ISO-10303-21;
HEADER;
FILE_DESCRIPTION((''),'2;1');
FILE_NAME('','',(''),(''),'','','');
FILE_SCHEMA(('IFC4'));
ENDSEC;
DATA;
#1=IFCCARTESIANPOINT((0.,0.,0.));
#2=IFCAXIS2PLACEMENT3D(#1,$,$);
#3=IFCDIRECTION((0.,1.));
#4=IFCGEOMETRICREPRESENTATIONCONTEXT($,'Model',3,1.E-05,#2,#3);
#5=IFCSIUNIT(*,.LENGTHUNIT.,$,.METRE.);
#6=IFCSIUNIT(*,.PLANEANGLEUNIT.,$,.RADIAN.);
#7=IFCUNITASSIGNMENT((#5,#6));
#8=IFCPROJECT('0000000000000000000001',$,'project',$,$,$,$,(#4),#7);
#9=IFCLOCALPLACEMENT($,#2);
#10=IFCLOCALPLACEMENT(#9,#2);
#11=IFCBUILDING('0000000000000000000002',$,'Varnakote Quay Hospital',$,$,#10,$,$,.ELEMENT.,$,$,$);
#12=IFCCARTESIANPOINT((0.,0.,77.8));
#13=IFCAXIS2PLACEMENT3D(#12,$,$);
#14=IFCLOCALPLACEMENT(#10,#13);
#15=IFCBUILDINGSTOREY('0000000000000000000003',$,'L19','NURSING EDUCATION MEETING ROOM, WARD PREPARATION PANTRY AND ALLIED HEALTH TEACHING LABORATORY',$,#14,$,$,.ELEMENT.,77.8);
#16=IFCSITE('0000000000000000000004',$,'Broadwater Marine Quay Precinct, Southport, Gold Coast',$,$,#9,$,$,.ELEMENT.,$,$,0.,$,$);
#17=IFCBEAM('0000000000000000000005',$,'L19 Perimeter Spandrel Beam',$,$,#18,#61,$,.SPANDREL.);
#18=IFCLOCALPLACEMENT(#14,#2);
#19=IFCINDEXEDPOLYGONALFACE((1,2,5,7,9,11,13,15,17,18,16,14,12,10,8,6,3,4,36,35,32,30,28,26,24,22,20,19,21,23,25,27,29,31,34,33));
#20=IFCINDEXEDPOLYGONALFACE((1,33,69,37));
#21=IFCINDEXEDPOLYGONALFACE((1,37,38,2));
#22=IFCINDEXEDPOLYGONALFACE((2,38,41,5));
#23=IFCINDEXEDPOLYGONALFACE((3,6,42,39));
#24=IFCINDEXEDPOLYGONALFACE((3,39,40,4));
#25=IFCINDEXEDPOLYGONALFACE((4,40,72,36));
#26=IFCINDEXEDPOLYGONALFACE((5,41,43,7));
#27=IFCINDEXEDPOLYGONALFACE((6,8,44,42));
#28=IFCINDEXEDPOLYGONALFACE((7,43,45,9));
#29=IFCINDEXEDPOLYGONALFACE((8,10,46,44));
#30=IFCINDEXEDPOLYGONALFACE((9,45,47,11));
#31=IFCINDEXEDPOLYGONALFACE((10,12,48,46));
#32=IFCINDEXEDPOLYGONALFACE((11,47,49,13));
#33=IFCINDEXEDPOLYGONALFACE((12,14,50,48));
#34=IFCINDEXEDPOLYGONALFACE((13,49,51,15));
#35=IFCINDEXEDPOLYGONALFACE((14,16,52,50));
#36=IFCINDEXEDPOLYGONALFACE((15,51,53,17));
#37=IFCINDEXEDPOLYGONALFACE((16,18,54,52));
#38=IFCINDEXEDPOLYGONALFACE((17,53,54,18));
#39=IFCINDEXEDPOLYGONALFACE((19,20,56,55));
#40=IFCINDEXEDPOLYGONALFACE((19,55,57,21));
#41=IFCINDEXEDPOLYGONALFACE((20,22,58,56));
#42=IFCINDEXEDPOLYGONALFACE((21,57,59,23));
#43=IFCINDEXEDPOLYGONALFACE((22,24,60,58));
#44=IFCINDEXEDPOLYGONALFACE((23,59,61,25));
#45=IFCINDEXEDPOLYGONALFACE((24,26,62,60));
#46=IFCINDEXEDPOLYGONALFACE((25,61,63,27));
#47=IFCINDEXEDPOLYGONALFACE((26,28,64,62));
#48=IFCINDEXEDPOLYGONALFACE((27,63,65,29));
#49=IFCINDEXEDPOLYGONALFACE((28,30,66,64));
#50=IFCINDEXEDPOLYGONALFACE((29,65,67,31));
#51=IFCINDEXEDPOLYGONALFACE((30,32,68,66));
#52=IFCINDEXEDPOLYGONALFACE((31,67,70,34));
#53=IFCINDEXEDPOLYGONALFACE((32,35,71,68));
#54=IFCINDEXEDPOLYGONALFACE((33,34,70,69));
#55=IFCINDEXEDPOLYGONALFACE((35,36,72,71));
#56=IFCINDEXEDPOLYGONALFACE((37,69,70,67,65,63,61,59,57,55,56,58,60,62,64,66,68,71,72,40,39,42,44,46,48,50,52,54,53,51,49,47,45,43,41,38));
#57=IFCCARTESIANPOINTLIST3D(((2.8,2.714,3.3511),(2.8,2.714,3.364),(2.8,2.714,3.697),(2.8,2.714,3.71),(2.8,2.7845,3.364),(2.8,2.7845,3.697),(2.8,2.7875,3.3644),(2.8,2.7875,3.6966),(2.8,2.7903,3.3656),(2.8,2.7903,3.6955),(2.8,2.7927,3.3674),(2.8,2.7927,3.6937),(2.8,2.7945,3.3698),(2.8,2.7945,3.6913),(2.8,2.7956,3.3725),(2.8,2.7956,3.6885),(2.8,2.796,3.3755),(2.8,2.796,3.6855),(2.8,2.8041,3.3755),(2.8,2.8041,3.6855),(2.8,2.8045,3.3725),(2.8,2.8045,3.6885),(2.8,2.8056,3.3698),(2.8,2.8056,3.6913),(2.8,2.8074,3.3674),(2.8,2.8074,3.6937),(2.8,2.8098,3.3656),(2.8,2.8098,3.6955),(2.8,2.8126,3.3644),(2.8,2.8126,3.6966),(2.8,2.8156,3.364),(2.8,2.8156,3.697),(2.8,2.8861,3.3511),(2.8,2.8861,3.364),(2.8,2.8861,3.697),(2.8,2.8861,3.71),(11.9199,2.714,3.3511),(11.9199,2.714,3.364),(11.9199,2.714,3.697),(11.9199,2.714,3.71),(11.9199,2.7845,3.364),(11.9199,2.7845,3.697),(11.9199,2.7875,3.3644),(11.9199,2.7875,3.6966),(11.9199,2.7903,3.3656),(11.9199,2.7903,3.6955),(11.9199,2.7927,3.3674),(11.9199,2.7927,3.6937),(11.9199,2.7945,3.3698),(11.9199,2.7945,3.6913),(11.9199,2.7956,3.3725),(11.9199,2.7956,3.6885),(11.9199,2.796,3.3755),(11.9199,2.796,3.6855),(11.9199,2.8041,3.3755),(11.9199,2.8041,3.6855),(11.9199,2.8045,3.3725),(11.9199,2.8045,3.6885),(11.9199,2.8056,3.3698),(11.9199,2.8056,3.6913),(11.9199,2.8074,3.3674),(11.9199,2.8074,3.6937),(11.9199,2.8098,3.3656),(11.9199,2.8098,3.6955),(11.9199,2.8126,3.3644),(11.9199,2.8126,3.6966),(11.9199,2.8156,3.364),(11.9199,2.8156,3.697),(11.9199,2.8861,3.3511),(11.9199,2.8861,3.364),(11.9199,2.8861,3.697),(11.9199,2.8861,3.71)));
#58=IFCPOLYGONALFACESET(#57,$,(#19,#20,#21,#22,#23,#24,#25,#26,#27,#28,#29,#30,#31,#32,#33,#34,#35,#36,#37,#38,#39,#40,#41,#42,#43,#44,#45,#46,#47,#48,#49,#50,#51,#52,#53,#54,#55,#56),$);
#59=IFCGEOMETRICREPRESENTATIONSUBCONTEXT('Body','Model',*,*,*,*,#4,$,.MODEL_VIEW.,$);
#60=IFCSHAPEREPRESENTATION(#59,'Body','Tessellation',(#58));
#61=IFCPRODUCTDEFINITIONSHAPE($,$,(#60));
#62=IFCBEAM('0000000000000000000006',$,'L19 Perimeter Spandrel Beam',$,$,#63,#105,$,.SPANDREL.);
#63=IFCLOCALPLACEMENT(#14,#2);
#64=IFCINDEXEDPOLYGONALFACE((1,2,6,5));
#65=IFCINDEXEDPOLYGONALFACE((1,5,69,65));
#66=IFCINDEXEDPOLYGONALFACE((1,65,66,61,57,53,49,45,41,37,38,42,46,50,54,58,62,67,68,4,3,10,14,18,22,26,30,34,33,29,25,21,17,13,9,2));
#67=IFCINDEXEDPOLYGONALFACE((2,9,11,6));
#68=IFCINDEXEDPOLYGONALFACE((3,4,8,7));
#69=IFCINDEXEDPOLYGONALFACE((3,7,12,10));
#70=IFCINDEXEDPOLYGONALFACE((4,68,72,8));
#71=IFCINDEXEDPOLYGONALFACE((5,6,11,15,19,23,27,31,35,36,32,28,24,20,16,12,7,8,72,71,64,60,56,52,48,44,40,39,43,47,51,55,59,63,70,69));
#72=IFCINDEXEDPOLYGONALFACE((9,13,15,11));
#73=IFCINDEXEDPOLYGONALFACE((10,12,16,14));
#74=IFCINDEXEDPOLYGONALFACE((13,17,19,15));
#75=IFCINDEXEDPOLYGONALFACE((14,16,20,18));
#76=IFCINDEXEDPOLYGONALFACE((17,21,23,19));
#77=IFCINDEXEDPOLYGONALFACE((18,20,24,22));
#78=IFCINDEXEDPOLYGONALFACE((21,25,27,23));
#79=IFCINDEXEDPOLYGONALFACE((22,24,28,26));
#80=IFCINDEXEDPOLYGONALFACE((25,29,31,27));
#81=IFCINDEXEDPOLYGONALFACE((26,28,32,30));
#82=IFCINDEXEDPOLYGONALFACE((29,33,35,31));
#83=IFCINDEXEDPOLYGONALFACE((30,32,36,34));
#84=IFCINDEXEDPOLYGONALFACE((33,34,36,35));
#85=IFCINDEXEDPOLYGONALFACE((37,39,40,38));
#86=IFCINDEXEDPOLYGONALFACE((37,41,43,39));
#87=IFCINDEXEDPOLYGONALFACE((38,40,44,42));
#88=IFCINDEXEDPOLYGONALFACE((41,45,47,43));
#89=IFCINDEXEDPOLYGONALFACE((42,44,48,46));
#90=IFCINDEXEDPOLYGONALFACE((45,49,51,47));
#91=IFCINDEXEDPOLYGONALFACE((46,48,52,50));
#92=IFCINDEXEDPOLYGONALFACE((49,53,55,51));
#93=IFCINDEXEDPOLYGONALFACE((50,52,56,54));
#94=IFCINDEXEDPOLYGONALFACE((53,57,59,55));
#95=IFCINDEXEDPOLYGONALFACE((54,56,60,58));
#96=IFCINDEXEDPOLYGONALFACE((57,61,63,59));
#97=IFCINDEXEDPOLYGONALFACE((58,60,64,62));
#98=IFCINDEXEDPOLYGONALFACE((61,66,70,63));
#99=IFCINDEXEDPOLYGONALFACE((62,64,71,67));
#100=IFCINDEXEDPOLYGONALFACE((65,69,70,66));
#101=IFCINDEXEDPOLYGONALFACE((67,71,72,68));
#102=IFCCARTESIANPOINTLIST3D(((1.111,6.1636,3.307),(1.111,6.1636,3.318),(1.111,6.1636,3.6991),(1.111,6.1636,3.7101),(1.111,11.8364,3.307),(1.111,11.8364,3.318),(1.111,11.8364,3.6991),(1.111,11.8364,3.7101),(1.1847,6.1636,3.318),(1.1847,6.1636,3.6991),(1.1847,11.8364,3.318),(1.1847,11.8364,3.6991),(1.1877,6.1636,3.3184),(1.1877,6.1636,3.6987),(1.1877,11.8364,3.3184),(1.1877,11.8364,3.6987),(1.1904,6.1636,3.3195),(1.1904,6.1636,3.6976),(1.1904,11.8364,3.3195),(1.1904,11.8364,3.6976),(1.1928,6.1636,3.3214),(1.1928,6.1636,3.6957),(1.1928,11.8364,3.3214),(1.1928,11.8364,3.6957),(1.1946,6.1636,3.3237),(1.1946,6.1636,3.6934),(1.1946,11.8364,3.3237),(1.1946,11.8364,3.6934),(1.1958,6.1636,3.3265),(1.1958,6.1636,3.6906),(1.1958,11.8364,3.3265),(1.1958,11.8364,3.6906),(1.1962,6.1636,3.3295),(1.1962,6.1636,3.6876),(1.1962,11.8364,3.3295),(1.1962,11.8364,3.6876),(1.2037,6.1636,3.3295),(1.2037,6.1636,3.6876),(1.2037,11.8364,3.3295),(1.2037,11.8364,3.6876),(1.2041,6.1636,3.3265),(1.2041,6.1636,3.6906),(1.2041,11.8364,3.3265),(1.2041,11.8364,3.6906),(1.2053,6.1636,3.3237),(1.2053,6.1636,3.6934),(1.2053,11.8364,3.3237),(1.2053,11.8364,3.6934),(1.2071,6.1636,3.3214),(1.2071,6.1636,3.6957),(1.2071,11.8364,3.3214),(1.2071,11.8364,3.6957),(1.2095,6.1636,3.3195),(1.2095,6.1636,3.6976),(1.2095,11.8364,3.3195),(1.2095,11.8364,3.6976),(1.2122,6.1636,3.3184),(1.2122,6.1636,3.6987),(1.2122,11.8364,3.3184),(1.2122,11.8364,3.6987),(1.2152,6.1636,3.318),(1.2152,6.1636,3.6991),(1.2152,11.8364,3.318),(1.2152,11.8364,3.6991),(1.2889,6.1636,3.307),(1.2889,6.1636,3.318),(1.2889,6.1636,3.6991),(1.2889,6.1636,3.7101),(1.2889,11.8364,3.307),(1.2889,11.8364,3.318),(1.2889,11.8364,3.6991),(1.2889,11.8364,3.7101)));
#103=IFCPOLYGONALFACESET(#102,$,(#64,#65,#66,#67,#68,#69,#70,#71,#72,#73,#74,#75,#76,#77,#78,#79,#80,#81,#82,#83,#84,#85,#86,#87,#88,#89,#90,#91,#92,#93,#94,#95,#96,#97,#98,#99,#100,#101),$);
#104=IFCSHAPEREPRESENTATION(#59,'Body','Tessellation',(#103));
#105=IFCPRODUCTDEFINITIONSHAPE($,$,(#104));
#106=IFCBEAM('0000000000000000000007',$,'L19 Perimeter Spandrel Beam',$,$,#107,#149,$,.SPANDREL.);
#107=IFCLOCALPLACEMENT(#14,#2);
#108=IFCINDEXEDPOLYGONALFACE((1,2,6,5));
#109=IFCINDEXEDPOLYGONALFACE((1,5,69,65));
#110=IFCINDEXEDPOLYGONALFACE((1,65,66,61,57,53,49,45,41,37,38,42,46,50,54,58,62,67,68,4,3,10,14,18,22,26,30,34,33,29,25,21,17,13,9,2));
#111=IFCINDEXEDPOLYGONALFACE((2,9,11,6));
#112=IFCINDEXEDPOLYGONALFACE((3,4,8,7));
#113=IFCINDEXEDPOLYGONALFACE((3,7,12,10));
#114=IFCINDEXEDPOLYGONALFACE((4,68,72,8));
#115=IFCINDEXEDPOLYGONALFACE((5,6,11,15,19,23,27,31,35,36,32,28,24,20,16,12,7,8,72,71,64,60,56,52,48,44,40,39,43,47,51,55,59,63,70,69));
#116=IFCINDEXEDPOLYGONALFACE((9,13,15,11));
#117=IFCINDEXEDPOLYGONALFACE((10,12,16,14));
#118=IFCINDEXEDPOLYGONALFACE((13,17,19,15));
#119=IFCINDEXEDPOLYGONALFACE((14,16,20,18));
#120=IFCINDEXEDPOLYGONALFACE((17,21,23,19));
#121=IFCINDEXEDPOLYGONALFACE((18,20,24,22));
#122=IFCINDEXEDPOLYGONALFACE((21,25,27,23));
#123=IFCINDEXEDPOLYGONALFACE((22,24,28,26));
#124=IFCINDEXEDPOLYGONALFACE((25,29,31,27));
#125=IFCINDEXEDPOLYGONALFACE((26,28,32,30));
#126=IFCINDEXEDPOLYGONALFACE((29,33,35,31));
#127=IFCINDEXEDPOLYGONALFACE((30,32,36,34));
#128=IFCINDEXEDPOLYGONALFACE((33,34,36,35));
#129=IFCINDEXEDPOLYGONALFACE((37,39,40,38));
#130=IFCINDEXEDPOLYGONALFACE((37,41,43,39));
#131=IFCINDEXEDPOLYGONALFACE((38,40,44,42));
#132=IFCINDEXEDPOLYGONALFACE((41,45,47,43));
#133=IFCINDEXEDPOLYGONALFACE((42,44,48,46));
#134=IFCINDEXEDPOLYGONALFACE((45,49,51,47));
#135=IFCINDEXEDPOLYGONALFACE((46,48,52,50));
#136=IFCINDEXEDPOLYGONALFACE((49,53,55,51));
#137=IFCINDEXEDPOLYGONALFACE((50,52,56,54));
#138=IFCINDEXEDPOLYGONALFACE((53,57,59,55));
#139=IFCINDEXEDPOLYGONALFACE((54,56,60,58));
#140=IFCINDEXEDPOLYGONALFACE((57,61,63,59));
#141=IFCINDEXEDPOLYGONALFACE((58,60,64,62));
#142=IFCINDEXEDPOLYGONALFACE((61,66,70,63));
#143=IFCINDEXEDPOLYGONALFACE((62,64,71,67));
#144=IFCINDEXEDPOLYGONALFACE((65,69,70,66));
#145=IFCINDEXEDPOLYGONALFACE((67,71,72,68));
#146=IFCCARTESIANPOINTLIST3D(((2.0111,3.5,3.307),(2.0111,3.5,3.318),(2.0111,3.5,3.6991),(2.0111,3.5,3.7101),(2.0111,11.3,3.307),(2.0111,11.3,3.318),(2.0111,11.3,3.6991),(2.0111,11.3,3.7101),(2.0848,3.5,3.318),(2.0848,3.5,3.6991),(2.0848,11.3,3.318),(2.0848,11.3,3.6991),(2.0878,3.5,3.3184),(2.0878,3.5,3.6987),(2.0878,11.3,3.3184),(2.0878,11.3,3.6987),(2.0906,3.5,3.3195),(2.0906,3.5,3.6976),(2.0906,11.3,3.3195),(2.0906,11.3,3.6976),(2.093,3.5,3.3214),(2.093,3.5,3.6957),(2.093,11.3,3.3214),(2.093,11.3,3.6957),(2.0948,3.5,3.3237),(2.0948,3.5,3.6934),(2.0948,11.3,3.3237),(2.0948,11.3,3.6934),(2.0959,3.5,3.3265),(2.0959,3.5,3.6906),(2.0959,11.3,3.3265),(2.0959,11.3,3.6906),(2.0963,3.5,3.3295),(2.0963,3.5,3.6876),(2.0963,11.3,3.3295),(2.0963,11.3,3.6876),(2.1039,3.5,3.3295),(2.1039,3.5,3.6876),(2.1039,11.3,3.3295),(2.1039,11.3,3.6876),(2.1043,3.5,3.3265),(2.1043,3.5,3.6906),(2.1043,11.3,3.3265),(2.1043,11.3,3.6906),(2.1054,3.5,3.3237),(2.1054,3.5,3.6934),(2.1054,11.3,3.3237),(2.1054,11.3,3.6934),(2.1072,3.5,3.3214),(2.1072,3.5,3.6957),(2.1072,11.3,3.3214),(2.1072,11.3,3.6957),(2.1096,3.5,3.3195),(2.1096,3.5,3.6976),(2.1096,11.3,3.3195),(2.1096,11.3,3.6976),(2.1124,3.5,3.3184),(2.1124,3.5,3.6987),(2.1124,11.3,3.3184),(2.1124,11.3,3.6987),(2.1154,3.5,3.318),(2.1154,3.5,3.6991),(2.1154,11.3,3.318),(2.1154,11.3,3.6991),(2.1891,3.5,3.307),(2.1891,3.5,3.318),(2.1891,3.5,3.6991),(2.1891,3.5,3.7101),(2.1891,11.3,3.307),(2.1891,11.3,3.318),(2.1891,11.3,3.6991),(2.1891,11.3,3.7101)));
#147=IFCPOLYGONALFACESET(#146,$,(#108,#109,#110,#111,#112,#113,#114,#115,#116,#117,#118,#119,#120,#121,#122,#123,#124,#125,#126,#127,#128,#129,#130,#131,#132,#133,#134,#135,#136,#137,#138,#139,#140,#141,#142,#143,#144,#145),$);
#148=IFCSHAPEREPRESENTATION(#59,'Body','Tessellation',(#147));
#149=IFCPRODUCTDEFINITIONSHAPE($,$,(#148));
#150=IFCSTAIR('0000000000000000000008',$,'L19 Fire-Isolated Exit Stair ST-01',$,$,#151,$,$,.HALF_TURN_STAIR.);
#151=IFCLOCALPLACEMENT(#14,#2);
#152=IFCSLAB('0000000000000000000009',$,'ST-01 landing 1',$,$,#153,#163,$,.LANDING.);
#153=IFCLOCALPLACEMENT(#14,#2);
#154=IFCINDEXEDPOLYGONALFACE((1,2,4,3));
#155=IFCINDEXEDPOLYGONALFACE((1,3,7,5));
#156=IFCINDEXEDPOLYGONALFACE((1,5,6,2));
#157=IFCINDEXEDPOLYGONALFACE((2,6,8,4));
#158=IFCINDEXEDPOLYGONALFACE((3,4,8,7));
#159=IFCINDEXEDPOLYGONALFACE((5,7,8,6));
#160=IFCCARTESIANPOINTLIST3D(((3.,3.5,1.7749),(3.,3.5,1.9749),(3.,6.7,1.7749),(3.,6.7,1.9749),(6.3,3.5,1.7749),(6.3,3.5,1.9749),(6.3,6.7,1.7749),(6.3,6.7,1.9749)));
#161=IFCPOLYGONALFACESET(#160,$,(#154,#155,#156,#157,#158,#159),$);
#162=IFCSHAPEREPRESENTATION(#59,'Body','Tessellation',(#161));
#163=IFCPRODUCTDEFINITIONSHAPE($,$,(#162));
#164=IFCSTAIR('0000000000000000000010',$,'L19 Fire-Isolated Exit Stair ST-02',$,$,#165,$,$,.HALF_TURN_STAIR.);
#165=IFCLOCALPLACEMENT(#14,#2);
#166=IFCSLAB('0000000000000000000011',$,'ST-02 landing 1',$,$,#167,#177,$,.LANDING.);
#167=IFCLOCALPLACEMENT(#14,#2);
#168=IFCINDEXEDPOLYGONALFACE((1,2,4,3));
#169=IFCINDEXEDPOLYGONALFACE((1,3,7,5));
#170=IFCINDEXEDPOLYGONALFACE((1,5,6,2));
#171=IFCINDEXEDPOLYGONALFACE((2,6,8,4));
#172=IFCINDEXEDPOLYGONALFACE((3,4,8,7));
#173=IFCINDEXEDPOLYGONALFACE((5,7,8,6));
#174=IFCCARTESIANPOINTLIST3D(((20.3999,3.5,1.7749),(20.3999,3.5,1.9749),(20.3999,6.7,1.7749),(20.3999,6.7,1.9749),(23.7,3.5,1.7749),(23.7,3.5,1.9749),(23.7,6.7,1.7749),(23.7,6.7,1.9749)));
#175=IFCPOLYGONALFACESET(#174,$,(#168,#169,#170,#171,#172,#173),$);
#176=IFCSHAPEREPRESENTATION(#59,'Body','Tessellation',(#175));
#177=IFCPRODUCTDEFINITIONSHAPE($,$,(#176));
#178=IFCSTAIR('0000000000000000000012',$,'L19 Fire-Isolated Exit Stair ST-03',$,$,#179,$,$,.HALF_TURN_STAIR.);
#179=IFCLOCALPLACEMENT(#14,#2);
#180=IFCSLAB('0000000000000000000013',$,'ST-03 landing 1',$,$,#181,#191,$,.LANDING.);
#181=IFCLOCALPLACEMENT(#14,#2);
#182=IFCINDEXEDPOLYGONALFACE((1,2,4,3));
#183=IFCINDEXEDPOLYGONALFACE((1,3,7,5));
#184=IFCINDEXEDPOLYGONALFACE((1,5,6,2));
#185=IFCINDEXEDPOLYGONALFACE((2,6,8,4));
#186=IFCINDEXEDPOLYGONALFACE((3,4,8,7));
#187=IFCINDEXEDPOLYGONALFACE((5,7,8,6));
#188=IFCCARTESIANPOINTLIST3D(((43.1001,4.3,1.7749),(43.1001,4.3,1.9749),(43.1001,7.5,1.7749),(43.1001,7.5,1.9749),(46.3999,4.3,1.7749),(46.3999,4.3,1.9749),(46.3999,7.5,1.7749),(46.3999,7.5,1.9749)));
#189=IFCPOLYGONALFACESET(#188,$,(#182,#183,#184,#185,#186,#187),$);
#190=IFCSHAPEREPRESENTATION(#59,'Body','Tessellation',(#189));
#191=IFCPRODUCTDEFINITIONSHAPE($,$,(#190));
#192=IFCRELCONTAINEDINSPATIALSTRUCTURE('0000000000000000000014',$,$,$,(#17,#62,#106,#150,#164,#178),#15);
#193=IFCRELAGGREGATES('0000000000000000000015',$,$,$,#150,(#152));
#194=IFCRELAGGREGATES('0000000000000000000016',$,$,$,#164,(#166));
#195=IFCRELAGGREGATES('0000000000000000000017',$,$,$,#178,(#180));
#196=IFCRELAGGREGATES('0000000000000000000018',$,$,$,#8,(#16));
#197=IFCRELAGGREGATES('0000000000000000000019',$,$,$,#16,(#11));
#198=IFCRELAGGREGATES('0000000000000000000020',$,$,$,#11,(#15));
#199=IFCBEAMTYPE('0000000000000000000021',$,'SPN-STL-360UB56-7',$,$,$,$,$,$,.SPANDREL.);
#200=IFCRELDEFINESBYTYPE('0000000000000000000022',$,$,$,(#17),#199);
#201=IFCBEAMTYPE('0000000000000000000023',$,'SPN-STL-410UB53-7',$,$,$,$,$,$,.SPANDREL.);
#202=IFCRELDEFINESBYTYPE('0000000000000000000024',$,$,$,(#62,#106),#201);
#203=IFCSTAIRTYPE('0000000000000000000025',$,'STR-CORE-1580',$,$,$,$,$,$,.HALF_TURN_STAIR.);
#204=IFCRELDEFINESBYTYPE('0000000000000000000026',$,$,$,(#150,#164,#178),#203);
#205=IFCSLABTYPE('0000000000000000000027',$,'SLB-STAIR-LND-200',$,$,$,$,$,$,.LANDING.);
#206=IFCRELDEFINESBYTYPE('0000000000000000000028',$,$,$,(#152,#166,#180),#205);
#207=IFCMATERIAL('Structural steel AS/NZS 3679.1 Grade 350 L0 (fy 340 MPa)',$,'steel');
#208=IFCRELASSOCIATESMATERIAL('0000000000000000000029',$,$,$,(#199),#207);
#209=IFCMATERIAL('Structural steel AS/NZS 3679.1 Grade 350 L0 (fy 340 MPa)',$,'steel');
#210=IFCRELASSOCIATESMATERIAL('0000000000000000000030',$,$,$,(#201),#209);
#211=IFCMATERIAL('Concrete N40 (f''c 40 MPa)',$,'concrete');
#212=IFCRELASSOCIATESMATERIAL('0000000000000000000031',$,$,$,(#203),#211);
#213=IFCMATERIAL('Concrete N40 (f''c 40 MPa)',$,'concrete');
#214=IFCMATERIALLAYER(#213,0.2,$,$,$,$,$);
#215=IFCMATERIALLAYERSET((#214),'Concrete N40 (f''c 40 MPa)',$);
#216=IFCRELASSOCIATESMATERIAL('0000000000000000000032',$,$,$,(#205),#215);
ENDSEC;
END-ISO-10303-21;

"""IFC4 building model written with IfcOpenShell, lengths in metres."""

from ifc_helpers import new_model, si_unit, direction, frame, origin, origin_2d, place, context, subcontext, project, spatial, polyline, i_section, outline, extrude, material, layer, layer_set, material_profile, profile_set, type_object, element, aggregate, save


model = new_model("IFC4")

# Units and contexts
model_context = context("Model", 3, precision=1e-05, world=origin(), true_north=direction((0.0, 1.0)))
body_context = subcontext(model_context, "Body", "Model", "MODEL_VIEW")
ifc_project = project(units=[si_unit("LENGTHUNIT", "METRE"), si_unit("PLANEANGLEUNIT", "RADIAN")], contexts=[model_context])

# Site, building, storey
site_placement = place(None, origin())
site = spatial("IfcSite", under=ifc_project, at=site_placement, Name="Broadwater Marine Quay Precinct, Southport, Gold Coast", CompositionType="ELEMENT", RefElevation=0.0)
building_placement = place(site_placement, origin())
building = spatial("IfcBuilding", under=site, at=building_placement, Name="Varnakote Quay Hospital", CompositionType="ELEMENT")
storey_placement = place(building_placement, frame((0.0, 0.0, 77.8)))
storey = spatial("IfcBuildingStorey", under=building, at=storey_placement, Name="L19", Description="NURSING EDUCATION MEETING ROOM, WARD PREPARATION PANTRY AND ALLIED HEALTH TEACHING LABORATORY", CompositionType="ELEMENT", Elevation=77.8)

# Beams
ifc_material_1 = material(Name="Structural steel AS/NZS 3679.1 Grade 350 L0 (fy 340 MPa)", Category="steel")
ifc_material_profile_1 = material_profile(ifc_material_1, i_section(OverallWidth=0.1721, OverallDepth=0.3589, WebThickness=0.0081, FlangeThickness=0.0129, FilletRadius=0.0115, at=origin_2d()), Name="360UB56.7")
ifc_profile_set_1 = profile_set([ifc_material_profile_1], Name="Structural steel AS/NZS 3679.1 Grade 350 L0 (fy 340 MPa)")
beam_type_1 = type_object("IfcBeamType", Name="SPN-STL-360UB56-7", PredefinedType="SPANDREL", material=ifc_profile_set_1)
beam_1_placement = place(storey_placement, frame((2.8, 2.8, 3.5305), z_axis=(1.0, 0.0, 0.0), x_axis=(0.0, 1.0, 0.0)))
element("IfcBeam", 1, at=beam_1_placement, inside=storey, type_object=beam_type_1, Name="L19 Perimeter Spandrel Beam", PredefinedType="SPANDREL", context=body_context, shape_type="SweptSolid", body=[
    extrude(i_section(OverallWidth=0.1721, OverallDepth=0.3589, WebThickness=0.0081, FlangeThickness=0.0129, FilletRadius=0.0115, at=origin_2d()), origin(), (0.0, 0.0, 1.0), 9.1199),
])
ifc_material_2 = material(Name="Structural steel AS/NZS 3679.1 Grade 350 L0 (fy 340 MPa)", Category="steel")
ifc_material_profile_2 = material_profile(ifc_material_2, i_section(OverallWidth=0.178, OverallDepth=0.4031, WebThickness=0.0076, FlangeThickness=0.011, FilletRadius=0.0115, at=origin_2d()), Name="410UB53.7")
ifc_profile_set_2 = profile_set([ifc_material_profile_2], Name="Structural steel AS/NZS 3679.1 Grade 350 L0 (fy 340 MPa)")
beam_type_2 = type_object("IfcBeamType", Name="SPN-STL-410UB53-7", PredefinedType="SPANDREL", material=ifc_profile_set_2)
beam_2_placement = place(storey_placement, frame((1.2, 6.1636, 3.5085), z_axis=(0.0, 1.0, 0.0), x_axis=(-1.0, 0.0, 0.0)))
element("IfcBeam", 2, at=beam_2_placement, inside=storey, type_object=beam_type_2, Name="L19 Perimeter Spandrel Beam", PredefinedType="SPANDREL", context=body_context, shape_type="SweptSolid", body=[
    extrude(i_section(OverallWidth=0.178, OverallDepth=0.4031, WebThickness=0.0076, FlangeThickness=0.011, FilletRadius=0.0115, at=origin_2d()), origin(), (0.0, 0.0, 1.0), 5.6729),
])
beam_3_placement = place(storey_placement, frame((2.1001, 3.5, 3.5085), z_axis=(0.0, 1.0, 0.0), x_axis=(-1.0, 0.0, 0.0)))
element("IfcBeam", 3, at=beam_3_placement, inside=storey, type_object=beam_type_2, Name="L19 Perimeter Spandrel Beam", PredefinedType="SPANDREL", context=body_context, shape_type="SweptSolid", body=[
    extrude(i_section(OverallWidth=0.178, OverallDepth=0.4031, WebThickness=0.0076, FlangeThickness=0.011, FilletRadius=0.0115, at=origin_2d()), origin(), (0.0, 0.0, 1.0), 7.8),
])

# Stairs, slabs
ifc_material_3 = material(Name="Concrete N40 (f'c 40 MPa)", Category="concrete")
stair_type = type_object("IfcStairType", Name="STR-CORE-1580", PredefinedType="HALF_TURN_STAIR", material=ifc_material_3)
stair_1_placement = place(storey_placement, origin())
stair_1 = element("IfcStair", 4, at=stair_1_placement, inside=storey, type_object=stair_type, Name="L19 Fire-Isolated Exit Stair ST-01", PredefinedType="HALF_TURN_STAIR")
ifc_material_4 = material(Name="Concrete N40 (f'c 40 MPa)", Category="concrete")
ifc_layer_1 = layer(ifc_material_4, 0.2)
ifc_layer_set_1 = layer_set([ifc_layer_1], Name="Concrete N40 (f'c 40 MPa)")
slab_type_1 = type_object("IfcSlabType", Name="SLB-STAIR-LND-200", PredefinedType="LANDING", material=ifc_layer_set_1)
slab_1_placement = place(storey_placement, frame((0.0, 0.0, 1.7749)))
slab_1 = element("IfcSlab", 5, at=slab_1_placement, type_object=slab_type_1, Name="ST-01 landing 1", PredefinedType="LANDING", context=body_context, shape_type="SweptSolid", body=[
    extrude(outline(polyline([(3.0, 6.7), (3.0, 3.5), (6.3, 3.5), (6.3, 6.7), (3.0, 6.7)])), origin(), (0.0, 0.0, 1.0), 0.2),
])
aggregate(stair_1, [slab_1])
stair_2_placement = place(storey_placement, origin())
stair_2 = element("IfcStair", 6, at=stair_2_placement, inside=storey, type_object=stair_type, Name="L19 Fire-Isolated Exit Stair ST-02", PredefinedType="HALF_TURN_STAIR")
slab_2_placement = place(storey_placement, frame((0.0, 0.0, 1.7749)))
slab_2 = element("IfcSlab", 7, at=slab_2_placement, type_object=slab_type_1, Name="ST-02 landing 1", PredefinedType="LANDING", context=body_context, shape_type="SweptSolid", body=[
    extrude(outline(polyline([(20.3999, 6.7), (20.3999, 3.5), (23.7, 3.5), (23.7, 6.7), (20.3999, 6.7)])), origin(), (0.0, 0.0, 1.0), 0.2),
])
aggregate(stair_2, [slab_2])
stair_3_placement = place(storey_placement, origin())
stair_3 = element("IfcStair", 8, at=stair_3_placement, inside=storey, type_object=stair_type, Name="L19 Fire-Isolated Exit Stair ST-03", PredefinedType="HALF_TURN_STAIR")
slab_3_placement = place(storey_placement, frame((0.0, 0.0, 1.7749)))
slab_3 = element("IfcSlab", 9, at=slab_3_placement, type_object=slab_type_1, Name="ST-03 landing 1", PredefinedType="LANDING", context=body_context, shape_type="SweptSolid", body=[
    extrude(outline(polyline([(43.1001, 7.5), (43.1001, 4.3), (46.3999, 4.3), (46.3999, 7.5), (43.1001, 7.5)])), origin(), (0.0, 0.0, 1.0), 0.2),
])
aggregate(stair_3, [slab_3])

save(model, "model.ifc")
